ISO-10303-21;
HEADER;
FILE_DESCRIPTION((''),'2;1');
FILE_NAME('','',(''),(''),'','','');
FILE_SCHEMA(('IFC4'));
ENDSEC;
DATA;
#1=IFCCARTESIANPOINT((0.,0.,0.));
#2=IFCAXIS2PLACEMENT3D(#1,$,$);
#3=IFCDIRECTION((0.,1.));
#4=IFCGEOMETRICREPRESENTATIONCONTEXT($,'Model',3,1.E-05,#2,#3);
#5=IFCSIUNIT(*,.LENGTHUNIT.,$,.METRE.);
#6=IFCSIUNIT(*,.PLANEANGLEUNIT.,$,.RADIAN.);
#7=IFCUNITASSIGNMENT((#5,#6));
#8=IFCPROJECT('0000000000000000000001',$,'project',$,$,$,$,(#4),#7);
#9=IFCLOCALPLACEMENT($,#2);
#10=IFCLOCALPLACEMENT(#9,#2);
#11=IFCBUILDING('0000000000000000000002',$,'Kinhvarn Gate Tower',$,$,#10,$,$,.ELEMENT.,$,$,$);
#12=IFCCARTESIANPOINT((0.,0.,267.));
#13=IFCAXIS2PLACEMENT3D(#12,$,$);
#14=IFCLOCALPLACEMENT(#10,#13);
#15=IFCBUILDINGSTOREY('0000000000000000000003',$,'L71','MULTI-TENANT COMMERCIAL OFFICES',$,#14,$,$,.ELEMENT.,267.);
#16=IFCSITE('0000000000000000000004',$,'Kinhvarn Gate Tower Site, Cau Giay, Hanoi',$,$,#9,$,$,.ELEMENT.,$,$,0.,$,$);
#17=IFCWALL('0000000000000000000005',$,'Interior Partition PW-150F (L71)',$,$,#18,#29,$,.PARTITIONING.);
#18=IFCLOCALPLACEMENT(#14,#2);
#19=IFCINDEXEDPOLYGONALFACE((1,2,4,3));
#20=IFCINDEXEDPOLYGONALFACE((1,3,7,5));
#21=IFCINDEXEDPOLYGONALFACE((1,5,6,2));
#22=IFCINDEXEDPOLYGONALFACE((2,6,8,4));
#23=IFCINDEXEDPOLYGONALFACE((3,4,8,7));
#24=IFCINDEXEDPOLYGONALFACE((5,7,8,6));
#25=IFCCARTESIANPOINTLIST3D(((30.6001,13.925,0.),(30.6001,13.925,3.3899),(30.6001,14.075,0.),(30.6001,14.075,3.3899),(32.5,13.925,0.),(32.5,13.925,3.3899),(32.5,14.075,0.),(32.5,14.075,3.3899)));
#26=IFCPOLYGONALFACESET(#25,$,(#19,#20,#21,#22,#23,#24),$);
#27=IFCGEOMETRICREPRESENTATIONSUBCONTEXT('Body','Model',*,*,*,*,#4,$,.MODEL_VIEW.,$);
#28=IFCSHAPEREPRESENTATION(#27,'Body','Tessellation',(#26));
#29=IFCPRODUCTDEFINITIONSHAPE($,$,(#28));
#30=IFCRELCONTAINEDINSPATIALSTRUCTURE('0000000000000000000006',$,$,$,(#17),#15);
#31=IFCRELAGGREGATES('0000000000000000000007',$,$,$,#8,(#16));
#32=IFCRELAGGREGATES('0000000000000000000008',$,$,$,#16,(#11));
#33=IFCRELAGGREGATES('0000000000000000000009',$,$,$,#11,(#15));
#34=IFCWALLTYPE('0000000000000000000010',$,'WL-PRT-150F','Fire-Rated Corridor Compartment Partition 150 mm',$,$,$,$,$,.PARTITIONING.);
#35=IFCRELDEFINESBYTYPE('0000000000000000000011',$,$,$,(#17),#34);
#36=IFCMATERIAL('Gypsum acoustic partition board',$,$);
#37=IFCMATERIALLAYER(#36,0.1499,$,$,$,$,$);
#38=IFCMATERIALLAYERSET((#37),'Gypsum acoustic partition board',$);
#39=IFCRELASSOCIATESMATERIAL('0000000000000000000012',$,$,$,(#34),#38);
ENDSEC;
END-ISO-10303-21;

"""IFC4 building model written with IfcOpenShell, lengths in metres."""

from ifc_helpers import new_model, si_unit, direction, frame, frame_2d, origin, place, context, subcontext, project, spatial, rectangle, extrude, material, layer, layer_set, type_object, element, save


model = new_model("IFC4")

# Units and contexts
model_context = context("Model", 3, precision=1e-05, world=origin(), true_north=direction((0.0, 1.0)))
body_context = subcontext(model_context, "Body", "Model", "MODEL_VIEW")
ifc_project = project(units=[si_unit("LENGTHUNIT", "METRE"), si_unit("PLANEANGLEUNIT", "RADIAN")], contexts=[model_context])

# Site, building, storey
site_placement = place(None, origin())
site = spatial("IfcSite", under=ifc_project, at=site_placement, Name="Kinhvarn Gate Tower Site, Cau Giay, Hanoi", CompositionType="ELEMENT", RefElevation=0.0)
building_placement = place(site_placement, origin())
building = spatial("IfcBuilding", under=site, at=building_placement, Name="Kinhvarn Gate Tower", CompositionType="ELEMENT")
storey_placement = place(building_placement, frame((0.0, 0.0, 267.0)))
storey = spatial("IfcBuildingStorey", under=building, at=storey_placement, Name="L71", Description="MULTI-TENANT COMMERCIAL OFFICES", CompositionType="ELEMENT", Elevation=267.0)

# Shared definitions
ifc_material_1 = material(Name="Gypsum acoustic partition board")

# Shared definitions
ifc_layer_1 = layer(ifc_material_1, 0.1499)
ifc_layer_set_1 = layer_set([ifc_layer_1], Name="Gypsum acoustic partition board")
wall_type_1 = type_object("IfcWallType", Name="WL-PRT-150F", Description="Fire-Rated Corridor Compartment Partition 150 mm", PredefinedType="PARTITIONING", material=ifc_layer_set_1)

# Wall
wall_1_placement = place(storey_placement, frame((30.6001, 14.0, 0.0), z_axis=(0.0, 0.0, 1.0), x_axis=(1.0, 0.0, 0.0)))
element("IfcWall", 1, at=wall_1_placement, inside=storey, type_object=wall_type_1, Name="Interior Partition PW-150F (L71)", PredefinedType="PARTITIONING", context=body_context, shape_type="SweptSolid", body=[
    extrude(rectangle(XDim=1.8999, YDim=0.1499, at=frame_2d((0.95, 0.0))), origin(), (0.0, 0.0, 1.0), 3.3899),
])

save(model, "model.ifc")
